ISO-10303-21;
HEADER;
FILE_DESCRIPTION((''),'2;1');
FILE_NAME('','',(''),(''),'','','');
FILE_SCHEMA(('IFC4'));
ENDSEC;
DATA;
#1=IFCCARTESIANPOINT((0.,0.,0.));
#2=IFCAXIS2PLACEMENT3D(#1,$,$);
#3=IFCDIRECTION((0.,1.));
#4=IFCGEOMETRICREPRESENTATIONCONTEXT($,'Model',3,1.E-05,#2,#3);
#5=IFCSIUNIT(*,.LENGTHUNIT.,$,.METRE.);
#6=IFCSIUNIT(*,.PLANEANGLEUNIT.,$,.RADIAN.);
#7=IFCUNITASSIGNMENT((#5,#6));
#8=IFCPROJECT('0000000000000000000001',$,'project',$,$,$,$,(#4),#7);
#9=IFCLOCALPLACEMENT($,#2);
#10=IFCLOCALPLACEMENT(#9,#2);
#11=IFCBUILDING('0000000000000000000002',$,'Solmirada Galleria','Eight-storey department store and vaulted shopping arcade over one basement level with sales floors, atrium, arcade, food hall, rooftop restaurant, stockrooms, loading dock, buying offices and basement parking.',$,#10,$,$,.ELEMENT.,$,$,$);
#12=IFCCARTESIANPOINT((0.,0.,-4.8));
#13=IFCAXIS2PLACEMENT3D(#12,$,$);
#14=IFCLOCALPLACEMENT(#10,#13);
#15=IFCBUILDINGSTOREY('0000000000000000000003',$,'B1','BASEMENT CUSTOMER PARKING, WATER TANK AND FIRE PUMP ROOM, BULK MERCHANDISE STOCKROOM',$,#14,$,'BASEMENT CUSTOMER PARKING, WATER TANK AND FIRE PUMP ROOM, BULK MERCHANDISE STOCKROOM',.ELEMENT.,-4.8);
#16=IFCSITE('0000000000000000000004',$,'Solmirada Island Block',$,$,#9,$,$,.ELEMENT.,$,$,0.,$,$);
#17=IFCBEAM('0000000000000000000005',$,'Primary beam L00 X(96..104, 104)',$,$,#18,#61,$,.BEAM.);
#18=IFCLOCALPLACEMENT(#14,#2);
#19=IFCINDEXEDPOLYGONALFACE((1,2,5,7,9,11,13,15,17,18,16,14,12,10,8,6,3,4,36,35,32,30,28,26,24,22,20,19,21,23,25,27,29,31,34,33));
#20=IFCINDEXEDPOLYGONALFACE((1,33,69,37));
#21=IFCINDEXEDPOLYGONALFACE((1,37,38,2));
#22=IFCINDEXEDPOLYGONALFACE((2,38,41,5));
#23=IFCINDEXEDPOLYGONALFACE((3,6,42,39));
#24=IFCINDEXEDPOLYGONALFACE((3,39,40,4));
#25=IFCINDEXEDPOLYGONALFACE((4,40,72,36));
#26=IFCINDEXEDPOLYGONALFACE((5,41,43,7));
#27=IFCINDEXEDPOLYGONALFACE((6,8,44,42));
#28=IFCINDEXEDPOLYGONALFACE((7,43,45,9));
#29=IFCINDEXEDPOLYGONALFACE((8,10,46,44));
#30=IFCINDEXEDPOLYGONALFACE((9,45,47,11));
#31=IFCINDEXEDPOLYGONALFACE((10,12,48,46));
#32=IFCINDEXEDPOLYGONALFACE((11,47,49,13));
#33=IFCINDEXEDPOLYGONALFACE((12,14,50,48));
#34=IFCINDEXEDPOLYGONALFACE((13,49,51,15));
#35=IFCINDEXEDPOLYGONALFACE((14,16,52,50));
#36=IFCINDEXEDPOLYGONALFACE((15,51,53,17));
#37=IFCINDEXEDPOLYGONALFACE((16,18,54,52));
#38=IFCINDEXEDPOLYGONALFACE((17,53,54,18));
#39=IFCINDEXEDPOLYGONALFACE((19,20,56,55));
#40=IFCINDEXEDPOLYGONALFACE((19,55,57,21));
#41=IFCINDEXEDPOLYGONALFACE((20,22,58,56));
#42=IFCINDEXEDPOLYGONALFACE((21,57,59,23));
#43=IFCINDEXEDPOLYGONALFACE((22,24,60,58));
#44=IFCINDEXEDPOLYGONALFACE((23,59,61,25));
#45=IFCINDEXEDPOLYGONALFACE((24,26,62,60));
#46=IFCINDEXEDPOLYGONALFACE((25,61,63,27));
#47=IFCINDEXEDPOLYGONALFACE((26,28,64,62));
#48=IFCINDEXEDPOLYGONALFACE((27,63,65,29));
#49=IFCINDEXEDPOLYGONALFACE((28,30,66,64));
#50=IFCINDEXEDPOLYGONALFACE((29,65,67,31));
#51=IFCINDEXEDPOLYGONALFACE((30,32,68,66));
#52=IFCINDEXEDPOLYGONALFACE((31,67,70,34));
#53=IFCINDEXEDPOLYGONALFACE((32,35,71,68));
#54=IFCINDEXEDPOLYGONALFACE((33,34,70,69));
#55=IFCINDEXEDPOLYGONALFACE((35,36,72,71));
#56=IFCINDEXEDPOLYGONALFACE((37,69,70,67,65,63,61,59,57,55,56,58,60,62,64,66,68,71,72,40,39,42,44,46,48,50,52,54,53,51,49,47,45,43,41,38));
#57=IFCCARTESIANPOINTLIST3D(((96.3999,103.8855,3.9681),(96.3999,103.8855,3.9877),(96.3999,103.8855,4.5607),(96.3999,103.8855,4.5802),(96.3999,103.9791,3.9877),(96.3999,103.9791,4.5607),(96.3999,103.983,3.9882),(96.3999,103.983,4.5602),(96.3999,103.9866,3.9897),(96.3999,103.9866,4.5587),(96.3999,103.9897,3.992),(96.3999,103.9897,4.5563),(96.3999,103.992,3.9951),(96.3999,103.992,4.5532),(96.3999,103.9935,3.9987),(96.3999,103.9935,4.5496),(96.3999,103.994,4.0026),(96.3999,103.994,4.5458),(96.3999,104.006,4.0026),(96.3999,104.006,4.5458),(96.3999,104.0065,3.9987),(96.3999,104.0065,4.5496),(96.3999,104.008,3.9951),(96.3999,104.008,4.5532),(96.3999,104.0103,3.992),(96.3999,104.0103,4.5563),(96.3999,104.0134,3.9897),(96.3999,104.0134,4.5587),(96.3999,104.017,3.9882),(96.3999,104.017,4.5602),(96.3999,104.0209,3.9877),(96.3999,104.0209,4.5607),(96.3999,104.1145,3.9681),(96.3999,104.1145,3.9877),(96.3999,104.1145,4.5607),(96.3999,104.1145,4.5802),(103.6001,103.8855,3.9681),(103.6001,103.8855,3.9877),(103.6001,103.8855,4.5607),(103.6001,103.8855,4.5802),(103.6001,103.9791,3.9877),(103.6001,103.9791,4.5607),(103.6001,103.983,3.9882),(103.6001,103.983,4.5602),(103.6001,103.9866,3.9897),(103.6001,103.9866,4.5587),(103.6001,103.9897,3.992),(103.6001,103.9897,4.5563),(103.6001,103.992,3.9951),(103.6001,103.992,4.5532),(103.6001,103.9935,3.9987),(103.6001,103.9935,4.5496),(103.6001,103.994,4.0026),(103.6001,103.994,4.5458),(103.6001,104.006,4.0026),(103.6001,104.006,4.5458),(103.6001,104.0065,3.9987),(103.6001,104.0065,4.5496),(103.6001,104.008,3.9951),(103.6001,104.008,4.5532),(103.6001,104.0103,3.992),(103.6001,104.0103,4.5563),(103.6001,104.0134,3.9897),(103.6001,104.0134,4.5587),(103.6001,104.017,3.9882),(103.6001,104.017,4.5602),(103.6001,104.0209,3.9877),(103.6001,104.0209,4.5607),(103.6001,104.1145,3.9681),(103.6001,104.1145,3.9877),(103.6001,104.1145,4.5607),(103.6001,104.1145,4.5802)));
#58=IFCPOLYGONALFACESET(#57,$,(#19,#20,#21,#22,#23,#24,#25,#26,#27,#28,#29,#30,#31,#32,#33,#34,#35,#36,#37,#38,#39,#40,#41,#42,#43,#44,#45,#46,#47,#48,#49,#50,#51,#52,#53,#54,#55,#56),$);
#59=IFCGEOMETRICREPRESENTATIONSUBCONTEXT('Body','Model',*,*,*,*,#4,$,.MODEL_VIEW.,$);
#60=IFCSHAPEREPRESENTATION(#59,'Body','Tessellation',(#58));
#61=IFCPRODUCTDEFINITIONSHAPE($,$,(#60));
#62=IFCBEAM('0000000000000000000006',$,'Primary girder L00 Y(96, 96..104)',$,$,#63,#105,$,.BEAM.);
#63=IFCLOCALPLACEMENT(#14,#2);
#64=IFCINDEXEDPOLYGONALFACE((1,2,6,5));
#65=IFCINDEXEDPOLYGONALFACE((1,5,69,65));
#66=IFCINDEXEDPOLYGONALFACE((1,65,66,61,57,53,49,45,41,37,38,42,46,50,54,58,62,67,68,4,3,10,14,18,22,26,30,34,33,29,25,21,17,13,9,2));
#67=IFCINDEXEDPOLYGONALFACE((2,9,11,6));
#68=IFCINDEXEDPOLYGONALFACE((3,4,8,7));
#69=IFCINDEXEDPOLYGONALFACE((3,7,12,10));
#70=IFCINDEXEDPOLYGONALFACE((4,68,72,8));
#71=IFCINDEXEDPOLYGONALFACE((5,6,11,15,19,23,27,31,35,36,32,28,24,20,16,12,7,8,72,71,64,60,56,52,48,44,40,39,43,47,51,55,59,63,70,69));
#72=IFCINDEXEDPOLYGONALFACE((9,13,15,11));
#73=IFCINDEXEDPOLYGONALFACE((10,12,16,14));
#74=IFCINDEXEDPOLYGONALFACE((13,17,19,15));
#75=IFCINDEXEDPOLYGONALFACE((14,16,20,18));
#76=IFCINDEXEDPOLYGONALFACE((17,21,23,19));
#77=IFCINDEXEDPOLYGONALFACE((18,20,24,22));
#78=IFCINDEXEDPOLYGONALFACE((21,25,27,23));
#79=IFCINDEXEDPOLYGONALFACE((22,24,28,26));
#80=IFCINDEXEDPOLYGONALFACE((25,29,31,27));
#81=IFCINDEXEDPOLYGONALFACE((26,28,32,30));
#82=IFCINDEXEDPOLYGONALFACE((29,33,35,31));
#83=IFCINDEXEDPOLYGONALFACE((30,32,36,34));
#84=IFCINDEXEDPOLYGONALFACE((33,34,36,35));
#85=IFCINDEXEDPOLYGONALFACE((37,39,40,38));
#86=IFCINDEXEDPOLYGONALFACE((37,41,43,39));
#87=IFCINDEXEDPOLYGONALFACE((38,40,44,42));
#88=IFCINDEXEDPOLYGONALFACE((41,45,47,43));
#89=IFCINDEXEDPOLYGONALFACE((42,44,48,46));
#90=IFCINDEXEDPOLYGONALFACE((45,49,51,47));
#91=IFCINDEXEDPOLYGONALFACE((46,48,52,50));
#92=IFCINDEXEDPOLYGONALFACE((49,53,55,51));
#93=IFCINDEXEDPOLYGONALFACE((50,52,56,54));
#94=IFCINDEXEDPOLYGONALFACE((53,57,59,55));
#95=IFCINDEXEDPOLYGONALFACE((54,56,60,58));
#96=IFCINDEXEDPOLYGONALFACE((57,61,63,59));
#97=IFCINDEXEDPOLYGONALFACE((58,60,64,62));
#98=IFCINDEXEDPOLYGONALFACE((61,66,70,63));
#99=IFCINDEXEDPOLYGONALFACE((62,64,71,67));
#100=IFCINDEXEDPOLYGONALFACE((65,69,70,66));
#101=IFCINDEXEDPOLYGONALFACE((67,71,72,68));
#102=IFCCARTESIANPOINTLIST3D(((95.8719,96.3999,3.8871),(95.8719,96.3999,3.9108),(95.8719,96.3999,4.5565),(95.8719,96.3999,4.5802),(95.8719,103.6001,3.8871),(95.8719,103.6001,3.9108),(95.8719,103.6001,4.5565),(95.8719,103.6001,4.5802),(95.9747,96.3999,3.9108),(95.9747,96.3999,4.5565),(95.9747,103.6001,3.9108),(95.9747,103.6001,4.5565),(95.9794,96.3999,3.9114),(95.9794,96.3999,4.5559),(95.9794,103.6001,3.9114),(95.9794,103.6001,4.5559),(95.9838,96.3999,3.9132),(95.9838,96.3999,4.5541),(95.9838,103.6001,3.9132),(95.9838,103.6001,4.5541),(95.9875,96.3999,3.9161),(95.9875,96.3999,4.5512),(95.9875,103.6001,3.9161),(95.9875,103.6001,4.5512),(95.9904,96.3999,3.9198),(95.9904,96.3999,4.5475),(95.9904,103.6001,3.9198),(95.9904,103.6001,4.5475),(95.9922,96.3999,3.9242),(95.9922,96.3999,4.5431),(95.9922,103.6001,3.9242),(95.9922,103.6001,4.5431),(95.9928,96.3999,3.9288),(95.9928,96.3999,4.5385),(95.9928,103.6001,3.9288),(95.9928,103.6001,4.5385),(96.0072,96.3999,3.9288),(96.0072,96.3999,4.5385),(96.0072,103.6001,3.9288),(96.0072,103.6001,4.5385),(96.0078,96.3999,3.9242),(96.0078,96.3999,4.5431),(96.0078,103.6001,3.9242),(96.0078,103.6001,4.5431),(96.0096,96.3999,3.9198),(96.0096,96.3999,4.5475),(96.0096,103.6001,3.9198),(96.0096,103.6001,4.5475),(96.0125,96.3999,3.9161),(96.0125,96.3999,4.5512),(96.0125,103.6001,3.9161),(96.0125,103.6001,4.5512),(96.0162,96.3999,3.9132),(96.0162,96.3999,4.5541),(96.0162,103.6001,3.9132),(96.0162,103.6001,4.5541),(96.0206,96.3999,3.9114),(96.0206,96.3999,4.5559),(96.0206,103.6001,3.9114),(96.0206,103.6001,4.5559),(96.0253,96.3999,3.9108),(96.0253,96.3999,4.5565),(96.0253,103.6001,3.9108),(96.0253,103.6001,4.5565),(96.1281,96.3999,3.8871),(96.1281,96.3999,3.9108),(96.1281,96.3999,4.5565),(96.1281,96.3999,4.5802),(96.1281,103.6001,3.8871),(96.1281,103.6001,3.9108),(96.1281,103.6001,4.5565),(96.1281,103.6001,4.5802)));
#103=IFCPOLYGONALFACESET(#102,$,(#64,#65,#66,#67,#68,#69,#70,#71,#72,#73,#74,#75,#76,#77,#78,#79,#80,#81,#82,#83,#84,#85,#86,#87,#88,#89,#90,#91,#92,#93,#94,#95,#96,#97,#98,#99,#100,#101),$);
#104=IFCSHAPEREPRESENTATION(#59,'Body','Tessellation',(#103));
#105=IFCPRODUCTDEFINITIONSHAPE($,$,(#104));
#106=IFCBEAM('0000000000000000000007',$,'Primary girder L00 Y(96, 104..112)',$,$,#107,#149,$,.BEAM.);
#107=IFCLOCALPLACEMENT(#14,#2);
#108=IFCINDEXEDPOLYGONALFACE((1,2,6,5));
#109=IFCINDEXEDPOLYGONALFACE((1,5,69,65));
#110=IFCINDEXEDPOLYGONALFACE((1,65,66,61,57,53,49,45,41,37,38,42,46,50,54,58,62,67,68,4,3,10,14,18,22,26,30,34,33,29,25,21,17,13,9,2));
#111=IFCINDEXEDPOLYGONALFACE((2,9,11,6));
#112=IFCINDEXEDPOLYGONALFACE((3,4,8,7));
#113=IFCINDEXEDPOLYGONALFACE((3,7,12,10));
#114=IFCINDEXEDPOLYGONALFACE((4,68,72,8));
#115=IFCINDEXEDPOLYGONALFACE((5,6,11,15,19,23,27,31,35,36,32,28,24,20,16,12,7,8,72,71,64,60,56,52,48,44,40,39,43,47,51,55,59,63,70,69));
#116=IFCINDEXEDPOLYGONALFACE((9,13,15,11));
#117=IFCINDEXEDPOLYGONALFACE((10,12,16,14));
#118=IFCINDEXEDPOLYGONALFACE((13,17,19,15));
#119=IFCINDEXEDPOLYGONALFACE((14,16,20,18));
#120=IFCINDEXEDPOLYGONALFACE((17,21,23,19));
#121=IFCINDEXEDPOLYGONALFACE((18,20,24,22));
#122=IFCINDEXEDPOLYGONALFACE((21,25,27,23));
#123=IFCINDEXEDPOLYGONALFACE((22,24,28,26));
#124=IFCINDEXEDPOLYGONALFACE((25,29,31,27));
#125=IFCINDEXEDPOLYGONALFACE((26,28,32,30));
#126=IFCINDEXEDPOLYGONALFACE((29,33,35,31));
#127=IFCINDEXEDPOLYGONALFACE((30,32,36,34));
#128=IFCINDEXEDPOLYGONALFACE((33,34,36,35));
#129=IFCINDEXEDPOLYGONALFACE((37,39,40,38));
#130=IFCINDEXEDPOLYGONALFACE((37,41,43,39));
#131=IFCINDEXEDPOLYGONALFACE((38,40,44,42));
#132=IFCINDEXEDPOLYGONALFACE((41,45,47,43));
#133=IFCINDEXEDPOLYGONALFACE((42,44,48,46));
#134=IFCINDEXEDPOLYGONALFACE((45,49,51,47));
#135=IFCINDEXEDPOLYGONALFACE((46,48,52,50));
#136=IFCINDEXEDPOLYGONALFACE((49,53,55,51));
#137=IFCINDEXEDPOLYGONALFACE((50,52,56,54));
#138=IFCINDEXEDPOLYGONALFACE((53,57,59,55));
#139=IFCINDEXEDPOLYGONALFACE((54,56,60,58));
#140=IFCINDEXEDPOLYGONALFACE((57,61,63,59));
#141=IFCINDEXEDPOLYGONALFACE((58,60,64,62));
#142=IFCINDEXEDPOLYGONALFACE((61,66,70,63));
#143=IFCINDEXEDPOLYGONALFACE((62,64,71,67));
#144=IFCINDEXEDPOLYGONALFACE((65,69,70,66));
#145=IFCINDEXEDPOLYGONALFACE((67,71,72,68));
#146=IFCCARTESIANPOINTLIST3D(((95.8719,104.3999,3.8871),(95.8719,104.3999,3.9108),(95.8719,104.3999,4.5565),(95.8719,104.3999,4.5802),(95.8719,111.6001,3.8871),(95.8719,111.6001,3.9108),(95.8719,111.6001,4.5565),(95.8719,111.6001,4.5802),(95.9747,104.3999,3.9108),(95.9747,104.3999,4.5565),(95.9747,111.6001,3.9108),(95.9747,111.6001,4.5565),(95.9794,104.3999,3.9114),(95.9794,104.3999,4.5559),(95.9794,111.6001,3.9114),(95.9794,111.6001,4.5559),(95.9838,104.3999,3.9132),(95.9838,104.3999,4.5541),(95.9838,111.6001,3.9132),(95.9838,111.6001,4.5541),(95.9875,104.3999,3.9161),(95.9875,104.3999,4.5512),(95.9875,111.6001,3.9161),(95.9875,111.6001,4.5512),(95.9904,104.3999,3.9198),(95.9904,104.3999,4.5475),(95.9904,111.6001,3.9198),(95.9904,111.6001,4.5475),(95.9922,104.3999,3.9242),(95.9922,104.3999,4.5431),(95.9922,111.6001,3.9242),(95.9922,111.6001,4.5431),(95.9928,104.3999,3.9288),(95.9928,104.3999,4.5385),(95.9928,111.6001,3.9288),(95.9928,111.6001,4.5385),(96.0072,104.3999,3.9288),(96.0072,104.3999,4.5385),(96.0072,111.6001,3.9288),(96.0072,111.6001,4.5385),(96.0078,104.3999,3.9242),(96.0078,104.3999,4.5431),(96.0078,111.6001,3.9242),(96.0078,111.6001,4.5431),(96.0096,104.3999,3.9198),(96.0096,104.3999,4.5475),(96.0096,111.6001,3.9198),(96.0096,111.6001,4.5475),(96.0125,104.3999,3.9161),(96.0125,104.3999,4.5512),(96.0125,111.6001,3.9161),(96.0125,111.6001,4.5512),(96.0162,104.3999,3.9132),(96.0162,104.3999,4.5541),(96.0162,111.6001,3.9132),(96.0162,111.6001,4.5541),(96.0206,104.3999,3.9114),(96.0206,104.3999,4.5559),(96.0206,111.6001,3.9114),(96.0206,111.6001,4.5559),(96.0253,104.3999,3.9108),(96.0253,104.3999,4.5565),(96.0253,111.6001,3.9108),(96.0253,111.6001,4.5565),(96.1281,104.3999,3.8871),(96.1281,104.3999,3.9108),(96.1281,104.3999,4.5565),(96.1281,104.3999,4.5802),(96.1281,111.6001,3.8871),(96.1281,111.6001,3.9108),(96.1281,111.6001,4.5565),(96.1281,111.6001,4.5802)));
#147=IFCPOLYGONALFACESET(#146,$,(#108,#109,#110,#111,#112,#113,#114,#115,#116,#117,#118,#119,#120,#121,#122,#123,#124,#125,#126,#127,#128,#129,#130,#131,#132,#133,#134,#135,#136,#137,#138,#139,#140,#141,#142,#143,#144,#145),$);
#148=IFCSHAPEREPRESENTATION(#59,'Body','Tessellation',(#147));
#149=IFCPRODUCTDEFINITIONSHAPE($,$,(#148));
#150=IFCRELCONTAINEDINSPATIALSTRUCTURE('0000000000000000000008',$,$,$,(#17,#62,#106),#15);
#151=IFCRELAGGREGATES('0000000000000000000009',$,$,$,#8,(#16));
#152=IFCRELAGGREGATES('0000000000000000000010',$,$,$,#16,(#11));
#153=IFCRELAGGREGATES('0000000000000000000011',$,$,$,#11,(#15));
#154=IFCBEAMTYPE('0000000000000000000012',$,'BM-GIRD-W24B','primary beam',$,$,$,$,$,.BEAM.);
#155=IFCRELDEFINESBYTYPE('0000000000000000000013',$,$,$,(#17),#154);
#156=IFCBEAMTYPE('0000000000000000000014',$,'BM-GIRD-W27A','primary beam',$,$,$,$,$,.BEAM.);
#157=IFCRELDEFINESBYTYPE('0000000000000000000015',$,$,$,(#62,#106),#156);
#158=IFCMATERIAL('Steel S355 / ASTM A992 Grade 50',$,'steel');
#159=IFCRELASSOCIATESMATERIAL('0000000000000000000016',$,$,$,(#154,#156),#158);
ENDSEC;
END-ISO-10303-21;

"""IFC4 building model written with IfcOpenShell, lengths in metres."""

from ifc_helpers import new_model, si_unit, direction, frame, origin, origin_2d, place, context, subcontext, project, spatial, i_section, extrude, material, material_profile, profile_set, type_object, element, save


model = new_model("IFC4")

# Units and contexts
model_context = context("Model", 3, precision=1e-05, world=origin(), true_north=direction((0.0, 1.0)))
body_context = subcontext(model_context, "Body", "Model", "MODEL_VIEW")
ifc_project = project(units=[si_unit("LENGTHUNIT", "METRE"), si_unit("PLANEANGLEUNIT", "RADIAN")], contexts=[model_context])

# Site, building, storey
site_placement = place(None, origin())
site = spatial("IfcSite", under=ifc_project, at=site_placement, Name="Solmirada Island Block", CompositionType="ELEMENT", RefElevation=0.0)
building_placement = place(site_placement, origin())
building = spatial("IfcBuilding", under=site, at=building_placement, Name="Solmirada Galleria", Description="Eight-storey department store and vaulted shopping arcade over one basement level with sales floors, atrium, arcade, food hall, rooftop restaurant, stockrooms, loading dock, buying offices and basement parking.", CompositionType="ELEMENT")
storey_placement = place(building_placement, frame((0.0, 0.0, -4.8)))
storey = spatial("IfcBuildingStorey", under=building, at=storey_placement, Name="B1", Description="BASEMENT CUSTOMER PARKING, WATER TANK AND FIRE PUMP ROOM, BULK MERCHANDISE STOCKROOM", LongName="BASEMENT CUSTOMER PARKING, WATER TANK AND FIRE PUMP ROOM, BULK MERCHANDISE STOCKROOM", CompositionType="ELEMENT", Elevation=-4.8)

# Beams
ifc_material_1 = material(Name="Steel S355 / ASTM A992 Grade 50", Category="steel")
ifc_material_profile_1 = material_profile(ifc_material_1, i_section(OverallWidth=0.229, OverallDepth=0.6121, WebThickness=0.012, FlangeThickness=0.0195, FilletRadius=0.0149, at=origin_2d()), Name="W24X84")
ifc_profile_set_1 = profile_set([ifc_material_profile_1], Name="Steel S355 / ASTM A992 Grade 50")
beam_type_1 = type_object("IfcBeamType", Name="BM-GIRD-W24B", Description="primary beam", PredefinedType="BEAM", material=ifc_profile_set_1)
beam_1_placement = place(storey_placement, frame((96.3999, 104.0, 4.2742), z_axis=(1.0, 0.0, 0.0), x_axis=(0.0, 1.0, 0.0)))
element("IfcBeam", 1, at=beam_1_placement, inside=storey, type_object=beam_type_1, Name="Primary beam L00 X(96..104, 104)", PredefinedType="BEAM", context=body_context, shape_type="SweptSolid", body=[
    extrude(i_section(OverallWidth=0.229, OverallDepth=0.6121, WebThickness=0.012, FlangeThickness=0.0195, FilletRadius=0.0149, at=origin_2d()), origin(), (0.0, 0.0, 1.0), 7.2002),
])
ifc_material_profile_2 = material_profile(ifc_material_1, i_section(OverallWidth=0.2561, OverallDepth=0.6931, WebThickness=0.0144, FlangeThickness=0.0237, FilletRadius=0.0181, at=origin_2d()), Name="W27X114")
ifc_profile_set_2 = profile_set([ifc_material_profile_2], Name="Steel S355 / ASTM A992 Grade 50")
beam_type_2 = type_object("IfcBeamType", Name="BM-GIRD-W27A", Description="primary beam", PredefinedType="BEAM", material=ifc_profile_set_2)
for number, where, z_axis, x_axis, name in (
    (2, (96.0, 96.3999, 4.2336), (0.0, 1.0, 0.0), (-1.0, 0.0, 0.0), "Primary girder L00 Y(96, 96..104)"),
    (3, (96.0, 104.3999, 4.2336), (0.0, 1.0, 0.0), (-1.0, 0.0, 0.0), "Primary girder L00 Y(96, 104..112)"),
):
    element("IfcBeam", number, at=place(storey_placement, frame(where, z_axis=z_axis, x_axis=x_axis)), inside=storey, type_object=beam_type_2, Name=name, PredefinedType="BEAM", context=body_context, shape_type="SweptSolid", body=[
        extrude(i_section(OverallWidth=0.2561, OverallDepth=0.6931, WebThickness=0.0144, FlangeThickness=0.0237, FilletRadius=0.0181, at=origin_2d()), origin(), (0.0, 0.0, 1.0), 7.2002),
    ])

save(model, "model.ifc")
